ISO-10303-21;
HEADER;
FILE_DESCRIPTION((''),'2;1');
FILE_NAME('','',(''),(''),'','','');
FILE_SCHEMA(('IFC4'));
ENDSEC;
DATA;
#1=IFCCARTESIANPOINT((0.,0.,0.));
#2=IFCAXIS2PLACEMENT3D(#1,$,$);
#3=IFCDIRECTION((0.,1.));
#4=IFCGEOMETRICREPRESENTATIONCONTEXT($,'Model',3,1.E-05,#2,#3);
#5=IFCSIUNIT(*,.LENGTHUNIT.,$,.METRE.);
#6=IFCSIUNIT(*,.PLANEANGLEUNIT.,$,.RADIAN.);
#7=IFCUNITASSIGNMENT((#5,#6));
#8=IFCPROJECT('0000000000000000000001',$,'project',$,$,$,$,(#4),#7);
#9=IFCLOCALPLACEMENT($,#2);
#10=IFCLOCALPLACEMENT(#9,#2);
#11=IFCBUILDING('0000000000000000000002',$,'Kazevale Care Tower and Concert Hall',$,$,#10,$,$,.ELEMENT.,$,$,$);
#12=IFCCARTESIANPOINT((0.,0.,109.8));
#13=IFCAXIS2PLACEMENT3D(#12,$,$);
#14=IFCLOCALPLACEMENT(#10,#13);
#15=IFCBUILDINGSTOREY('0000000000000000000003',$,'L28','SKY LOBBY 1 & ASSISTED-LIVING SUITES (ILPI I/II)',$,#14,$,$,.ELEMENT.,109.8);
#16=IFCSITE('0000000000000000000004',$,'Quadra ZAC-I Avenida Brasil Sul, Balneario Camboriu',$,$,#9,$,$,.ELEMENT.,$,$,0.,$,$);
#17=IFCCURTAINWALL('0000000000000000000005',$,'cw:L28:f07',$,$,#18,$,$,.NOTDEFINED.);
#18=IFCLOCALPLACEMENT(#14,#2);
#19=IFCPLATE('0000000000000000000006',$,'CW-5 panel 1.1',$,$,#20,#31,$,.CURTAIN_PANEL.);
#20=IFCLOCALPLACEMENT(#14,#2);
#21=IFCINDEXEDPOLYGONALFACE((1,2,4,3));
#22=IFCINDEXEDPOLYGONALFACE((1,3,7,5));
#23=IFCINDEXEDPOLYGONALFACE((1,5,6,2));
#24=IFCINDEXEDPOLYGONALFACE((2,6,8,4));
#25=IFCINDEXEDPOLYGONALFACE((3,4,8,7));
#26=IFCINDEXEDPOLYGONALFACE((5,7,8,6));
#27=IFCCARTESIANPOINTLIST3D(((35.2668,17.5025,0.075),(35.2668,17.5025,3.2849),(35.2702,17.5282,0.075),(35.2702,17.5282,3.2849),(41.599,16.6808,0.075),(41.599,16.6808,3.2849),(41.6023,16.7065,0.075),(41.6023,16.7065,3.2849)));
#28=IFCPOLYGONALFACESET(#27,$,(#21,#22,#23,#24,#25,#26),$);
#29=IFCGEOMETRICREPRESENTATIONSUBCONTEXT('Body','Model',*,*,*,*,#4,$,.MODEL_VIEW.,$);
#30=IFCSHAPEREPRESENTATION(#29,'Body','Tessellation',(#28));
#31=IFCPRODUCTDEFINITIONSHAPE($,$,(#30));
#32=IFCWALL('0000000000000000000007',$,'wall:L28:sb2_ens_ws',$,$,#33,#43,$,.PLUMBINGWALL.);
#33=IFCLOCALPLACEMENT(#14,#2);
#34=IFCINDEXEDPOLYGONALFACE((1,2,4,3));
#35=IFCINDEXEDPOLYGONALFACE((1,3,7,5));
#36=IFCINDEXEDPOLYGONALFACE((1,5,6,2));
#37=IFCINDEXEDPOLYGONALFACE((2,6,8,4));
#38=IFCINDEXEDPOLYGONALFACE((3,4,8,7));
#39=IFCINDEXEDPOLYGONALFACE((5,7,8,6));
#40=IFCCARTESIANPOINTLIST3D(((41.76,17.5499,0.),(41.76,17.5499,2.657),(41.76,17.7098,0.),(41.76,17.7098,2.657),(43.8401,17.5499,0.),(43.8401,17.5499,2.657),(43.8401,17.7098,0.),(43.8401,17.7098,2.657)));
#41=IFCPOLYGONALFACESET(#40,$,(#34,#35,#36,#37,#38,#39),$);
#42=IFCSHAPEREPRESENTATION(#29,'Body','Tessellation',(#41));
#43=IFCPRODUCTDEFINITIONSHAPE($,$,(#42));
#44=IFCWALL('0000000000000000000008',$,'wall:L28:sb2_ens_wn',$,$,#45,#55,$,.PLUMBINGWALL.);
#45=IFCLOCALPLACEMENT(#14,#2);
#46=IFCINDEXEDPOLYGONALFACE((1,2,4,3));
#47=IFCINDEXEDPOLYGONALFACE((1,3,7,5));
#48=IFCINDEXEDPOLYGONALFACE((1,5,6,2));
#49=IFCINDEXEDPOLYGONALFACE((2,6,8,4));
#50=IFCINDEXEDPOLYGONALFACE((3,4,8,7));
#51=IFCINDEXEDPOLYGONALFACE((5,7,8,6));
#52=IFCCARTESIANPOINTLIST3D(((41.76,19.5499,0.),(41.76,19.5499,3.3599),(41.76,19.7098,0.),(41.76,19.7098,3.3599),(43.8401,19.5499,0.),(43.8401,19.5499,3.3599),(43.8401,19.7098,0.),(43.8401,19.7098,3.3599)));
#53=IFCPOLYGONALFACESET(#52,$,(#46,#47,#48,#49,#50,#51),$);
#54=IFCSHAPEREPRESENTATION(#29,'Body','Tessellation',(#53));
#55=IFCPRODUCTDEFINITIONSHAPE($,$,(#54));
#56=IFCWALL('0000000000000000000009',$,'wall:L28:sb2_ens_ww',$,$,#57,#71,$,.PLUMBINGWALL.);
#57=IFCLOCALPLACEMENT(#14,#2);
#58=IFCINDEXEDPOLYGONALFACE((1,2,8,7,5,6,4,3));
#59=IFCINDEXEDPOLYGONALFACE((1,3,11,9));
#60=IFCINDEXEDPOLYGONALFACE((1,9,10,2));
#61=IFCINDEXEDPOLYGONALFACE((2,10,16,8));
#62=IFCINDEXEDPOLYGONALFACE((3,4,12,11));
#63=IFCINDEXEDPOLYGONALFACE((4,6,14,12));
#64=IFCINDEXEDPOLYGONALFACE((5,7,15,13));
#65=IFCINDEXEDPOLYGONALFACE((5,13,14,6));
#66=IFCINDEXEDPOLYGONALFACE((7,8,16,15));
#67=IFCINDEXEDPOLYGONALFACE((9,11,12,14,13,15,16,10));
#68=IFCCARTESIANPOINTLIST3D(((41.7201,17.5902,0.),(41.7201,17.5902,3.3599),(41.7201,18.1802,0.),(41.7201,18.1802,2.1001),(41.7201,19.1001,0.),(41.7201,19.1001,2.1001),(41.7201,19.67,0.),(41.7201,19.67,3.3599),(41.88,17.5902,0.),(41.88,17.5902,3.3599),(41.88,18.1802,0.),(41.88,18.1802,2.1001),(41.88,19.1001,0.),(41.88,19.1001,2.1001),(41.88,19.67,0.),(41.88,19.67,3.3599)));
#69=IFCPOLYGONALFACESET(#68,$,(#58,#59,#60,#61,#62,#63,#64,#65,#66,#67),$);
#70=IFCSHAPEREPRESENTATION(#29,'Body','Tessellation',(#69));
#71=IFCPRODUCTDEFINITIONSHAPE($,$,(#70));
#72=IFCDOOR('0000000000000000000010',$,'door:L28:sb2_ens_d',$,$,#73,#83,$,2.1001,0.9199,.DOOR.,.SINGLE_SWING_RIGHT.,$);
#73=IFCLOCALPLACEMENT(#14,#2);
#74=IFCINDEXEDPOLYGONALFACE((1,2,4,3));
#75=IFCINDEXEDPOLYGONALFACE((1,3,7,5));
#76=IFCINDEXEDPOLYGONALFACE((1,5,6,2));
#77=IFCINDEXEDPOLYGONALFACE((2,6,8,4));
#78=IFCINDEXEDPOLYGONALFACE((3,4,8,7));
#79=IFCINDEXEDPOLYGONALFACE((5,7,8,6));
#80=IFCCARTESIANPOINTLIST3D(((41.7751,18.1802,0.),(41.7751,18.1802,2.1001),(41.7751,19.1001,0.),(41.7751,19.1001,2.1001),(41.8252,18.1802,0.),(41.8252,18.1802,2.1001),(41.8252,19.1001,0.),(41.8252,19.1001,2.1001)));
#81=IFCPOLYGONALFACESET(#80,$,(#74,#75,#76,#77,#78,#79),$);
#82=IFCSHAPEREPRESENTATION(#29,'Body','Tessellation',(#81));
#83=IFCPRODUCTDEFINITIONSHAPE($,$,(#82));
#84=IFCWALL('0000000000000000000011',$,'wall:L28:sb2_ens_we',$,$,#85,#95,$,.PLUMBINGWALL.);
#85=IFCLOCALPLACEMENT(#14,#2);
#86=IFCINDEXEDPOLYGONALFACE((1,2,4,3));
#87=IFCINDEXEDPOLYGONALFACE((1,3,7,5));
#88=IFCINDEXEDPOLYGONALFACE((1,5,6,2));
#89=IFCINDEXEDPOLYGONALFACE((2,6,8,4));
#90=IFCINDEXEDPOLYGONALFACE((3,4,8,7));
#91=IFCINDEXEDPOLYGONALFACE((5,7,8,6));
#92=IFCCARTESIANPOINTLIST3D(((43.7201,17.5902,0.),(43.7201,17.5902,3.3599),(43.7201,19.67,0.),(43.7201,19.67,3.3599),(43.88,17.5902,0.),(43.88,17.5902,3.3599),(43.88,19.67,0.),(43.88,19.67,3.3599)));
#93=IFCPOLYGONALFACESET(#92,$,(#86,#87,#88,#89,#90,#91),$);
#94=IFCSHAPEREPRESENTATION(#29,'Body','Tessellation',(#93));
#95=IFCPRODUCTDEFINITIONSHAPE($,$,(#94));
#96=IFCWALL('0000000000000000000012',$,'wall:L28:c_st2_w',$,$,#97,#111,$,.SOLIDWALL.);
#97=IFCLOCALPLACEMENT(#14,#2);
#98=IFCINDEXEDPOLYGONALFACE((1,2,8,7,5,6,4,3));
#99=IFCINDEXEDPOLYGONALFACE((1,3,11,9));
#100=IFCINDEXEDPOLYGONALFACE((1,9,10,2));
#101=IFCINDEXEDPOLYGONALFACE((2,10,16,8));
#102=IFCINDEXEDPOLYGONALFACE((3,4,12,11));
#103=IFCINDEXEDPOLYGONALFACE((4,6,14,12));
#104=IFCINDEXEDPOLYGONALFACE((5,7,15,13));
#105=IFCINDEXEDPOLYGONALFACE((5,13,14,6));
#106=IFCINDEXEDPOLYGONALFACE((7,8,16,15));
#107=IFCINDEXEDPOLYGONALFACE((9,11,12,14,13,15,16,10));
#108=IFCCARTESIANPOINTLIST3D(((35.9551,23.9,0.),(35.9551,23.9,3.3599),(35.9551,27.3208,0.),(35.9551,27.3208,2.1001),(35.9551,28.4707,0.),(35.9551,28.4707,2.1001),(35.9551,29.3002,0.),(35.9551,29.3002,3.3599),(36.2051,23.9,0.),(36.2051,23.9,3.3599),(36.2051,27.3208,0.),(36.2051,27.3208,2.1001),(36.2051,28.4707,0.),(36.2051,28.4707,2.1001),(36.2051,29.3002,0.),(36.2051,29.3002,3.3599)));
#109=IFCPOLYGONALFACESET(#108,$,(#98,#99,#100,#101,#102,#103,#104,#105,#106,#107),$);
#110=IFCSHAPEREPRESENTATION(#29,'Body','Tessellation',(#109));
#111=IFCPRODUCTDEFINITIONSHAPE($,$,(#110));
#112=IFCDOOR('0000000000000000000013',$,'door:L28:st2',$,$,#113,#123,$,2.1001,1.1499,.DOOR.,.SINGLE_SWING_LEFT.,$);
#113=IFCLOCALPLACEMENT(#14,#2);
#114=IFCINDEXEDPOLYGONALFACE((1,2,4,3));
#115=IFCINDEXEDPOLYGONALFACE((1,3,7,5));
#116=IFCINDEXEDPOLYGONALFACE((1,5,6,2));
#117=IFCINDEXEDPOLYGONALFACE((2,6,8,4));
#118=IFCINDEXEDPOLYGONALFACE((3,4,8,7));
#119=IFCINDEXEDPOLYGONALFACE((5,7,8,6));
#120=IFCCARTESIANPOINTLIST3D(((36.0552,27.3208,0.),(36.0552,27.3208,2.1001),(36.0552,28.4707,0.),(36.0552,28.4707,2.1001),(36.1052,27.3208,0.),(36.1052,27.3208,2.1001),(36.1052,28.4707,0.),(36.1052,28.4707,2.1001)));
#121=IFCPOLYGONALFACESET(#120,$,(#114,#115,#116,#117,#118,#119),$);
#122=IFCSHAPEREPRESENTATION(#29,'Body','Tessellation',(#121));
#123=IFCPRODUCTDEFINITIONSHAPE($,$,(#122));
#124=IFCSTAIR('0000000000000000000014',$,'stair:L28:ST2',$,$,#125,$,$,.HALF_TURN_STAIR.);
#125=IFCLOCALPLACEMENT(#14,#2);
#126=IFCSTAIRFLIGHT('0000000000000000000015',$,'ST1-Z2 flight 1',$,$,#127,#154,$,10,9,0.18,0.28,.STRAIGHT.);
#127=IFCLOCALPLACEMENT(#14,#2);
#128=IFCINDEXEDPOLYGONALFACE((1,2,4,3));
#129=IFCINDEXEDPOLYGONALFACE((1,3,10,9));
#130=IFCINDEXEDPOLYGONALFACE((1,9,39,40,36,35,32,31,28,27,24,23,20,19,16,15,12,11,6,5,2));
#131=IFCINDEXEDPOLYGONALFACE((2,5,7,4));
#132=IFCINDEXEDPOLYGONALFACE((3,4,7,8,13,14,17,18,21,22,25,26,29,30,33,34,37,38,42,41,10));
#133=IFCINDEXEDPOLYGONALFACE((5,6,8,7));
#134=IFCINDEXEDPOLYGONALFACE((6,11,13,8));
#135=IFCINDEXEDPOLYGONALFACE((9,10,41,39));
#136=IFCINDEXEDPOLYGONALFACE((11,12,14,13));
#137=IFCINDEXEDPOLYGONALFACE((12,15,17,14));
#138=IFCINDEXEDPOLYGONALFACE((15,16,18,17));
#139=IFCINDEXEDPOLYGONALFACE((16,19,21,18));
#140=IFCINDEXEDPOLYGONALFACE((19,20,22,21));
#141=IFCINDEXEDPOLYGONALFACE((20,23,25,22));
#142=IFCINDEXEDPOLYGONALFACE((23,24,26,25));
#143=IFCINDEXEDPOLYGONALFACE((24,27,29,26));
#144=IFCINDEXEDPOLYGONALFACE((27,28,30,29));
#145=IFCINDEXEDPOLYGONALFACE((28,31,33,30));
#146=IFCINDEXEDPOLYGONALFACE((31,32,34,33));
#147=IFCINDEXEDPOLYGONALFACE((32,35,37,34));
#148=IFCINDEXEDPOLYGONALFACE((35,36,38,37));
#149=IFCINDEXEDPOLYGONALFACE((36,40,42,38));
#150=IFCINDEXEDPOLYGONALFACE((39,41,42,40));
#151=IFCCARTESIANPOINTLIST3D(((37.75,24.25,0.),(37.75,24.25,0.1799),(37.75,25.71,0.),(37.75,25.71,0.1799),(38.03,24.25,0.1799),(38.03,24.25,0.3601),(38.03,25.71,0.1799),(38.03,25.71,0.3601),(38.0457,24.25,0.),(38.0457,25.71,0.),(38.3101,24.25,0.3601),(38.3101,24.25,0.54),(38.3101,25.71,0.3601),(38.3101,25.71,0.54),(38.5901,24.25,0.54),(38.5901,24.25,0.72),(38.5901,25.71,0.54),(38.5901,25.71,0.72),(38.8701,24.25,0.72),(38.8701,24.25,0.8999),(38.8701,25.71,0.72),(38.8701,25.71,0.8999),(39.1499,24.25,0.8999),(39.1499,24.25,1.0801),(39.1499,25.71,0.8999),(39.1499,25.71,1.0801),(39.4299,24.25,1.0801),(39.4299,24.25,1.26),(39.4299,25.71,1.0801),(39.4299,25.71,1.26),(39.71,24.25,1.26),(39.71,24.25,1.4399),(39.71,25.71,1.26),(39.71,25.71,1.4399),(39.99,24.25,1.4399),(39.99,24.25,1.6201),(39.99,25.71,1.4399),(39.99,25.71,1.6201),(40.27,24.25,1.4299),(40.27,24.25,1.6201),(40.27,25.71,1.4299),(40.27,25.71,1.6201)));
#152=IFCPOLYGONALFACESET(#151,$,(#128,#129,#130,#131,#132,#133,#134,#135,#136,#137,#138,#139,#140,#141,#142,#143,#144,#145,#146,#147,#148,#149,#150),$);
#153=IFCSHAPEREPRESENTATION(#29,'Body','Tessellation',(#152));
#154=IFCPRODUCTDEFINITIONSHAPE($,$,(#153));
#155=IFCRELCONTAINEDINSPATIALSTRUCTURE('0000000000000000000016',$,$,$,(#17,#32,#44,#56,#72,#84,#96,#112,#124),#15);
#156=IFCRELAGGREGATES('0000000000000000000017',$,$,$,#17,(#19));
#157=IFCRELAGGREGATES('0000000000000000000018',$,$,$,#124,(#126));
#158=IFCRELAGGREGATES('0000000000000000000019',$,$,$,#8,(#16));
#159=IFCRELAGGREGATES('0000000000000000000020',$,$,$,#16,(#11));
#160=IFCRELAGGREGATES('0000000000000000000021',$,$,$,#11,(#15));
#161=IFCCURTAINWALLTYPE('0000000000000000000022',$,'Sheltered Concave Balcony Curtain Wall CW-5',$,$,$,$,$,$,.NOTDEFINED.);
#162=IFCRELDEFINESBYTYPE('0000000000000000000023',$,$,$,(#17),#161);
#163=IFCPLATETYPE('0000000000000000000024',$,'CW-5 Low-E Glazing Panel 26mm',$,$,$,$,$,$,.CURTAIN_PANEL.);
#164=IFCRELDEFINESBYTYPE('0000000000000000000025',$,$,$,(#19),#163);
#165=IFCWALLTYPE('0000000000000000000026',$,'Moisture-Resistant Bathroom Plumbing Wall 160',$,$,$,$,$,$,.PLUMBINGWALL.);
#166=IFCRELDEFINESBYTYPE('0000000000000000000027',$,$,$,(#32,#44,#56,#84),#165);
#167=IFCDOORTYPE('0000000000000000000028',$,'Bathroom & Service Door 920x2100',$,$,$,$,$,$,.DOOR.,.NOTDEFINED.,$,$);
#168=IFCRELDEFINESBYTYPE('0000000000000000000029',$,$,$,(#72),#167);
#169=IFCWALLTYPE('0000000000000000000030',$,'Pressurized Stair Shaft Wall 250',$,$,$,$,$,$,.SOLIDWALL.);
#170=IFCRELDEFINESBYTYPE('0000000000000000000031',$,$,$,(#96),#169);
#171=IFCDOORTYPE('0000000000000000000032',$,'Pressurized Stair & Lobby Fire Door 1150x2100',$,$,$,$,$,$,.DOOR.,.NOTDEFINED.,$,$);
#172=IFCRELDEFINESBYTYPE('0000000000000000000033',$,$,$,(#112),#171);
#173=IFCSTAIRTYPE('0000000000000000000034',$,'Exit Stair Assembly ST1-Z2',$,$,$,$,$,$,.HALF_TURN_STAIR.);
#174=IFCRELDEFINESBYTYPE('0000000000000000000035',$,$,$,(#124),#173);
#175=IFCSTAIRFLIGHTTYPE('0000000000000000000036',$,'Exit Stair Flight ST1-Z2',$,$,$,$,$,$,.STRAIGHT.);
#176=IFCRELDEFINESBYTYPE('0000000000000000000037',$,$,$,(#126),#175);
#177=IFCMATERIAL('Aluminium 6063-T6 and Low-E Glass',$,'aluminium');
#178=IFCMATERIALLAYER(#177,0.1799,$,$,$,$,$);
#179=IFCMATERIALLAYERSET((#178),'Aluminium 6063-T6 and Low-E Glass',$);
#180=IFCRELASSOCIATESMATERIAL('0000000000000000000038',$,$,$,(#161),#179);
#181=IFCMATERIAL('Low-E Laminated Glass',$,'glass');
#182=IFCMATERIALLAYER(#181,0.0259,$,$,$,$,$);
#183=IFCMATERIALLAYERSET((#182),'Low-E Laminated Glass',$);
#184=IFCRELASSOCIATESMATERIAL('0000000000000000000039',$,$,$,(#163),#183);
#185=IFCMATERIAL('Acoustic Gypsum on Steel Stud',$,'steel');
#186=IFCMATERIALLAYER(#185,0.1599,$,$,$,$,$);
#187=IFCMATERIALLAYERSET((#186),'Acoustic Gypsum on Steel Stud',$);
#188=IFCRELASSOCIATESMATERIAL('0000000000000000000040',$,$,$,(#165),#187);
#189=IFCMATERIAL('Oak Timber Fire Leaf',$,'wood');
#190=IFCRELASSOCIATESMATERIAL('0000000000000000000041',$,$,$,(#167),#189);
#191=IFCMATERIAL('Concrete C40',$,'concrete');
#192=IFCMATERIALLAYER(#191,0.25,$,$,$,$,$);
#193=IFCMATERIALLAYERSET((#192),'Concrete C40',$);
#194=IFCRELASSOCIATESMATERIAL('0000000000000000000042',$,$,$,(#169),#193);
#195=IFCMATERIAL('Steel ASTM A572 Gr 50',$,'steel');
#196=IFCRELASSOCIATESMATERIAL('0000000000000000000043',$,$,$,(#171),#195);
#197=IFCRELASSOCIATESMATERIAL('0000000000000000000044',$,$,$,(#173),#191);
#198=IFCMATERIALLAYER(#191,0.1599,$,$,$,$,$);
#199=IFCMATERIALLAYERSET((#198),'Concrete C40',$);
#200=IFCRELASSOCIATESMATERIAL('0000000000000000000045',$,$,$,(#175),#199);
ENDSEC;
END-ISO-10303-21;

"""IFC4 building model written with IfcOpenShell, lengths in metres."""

from ifc_helpers import new_model, si_unit, direction, frame, frame_2d, origin, origin_2d, place, context, subcontext, project, spatial, polyline, rectangle, outline, extrude, material, layer, layer_set, type_object, element, fill, aggregate, save


model = new_model("IFC4")

# Units and contexts
model_context = context("Model", 3, precision=1e-05, world=origin(), true_north=direction((0.0, 1.0)))
body_context = subcontext(model_context, "Body", "Model", "MODEL_VIEW")
ifc_project = project(units=[si_unit("LENGTHUNIT", "METRE"), si_unit("PLANEANGLEUNIT", "RADIAN")], contexts=[model_context])

# Site, building, storey
site_placement = place(None, origin())
site = spatial("IfcSite", under=ifc_project, at=site_placement, Name="Quadra ZAC-I Avenida Brasil Sul, Balneario Camboriu", CompositionType="ELEMENT", RefElevation=0.0)
building_placement = place(site_placement, origin())
building = spatial("IfcBuilding", under=site, at=building_placement, Name="Kazevale Care Tower and Concert Hall", CompositionType="ELEMENT")
storey_placement = place(building_placement, frame((0.0, 0.0, 109.8)))
storey = spatial("IfcBuildingStorey", under=building, at=storey_placement, Name="L28", Description="SKY LOBBY 1 & ASSISTED-LIVING SUITES (ILPI I/II)", CompositionType="ELEMENT", Elevation=109.8)

# Shared definitions
ifc_material_1 = material(Name="Aluminium 6063-T6 and Low-E Glass", Category="aluminium")
ifc_layer_1 = layer(ifc_material_1, 0.1799)
ifc_layer_set_1 = layer_set([ifc_layer_1], Name="Aluminium 6063-T6 and Low-E Glass")
curtain_wall_type = type_object("IfcCurtainWallType", Name="Sheltered Concave Balcony Curtain Wall CW-5", PredefinedType="NOTDEFINED", material=ifc_layer_set_1)

# Curtain wall
curtain_wall_1_placement = place(storey_placement, origin())
curtain_wall_1 = element("IfcCurtainWall", 1, at=curtain_wall_1_placement, inside=storey, type_object=curtain_wall_type, Name="cw:L28:f07", PredefinedType="NOTDEFINED")

# Shared definitions
ifc_material_2 = material(Name="Steel ASTM A572 Gr 50", Category="steel")

# Plate
ifc_material_3 = material(Name="Low-E Laminated Glass", Category="glass")
ifc_layer_2 = layer(ifc_material_3, 0.0259)
ifc_layer_set_2 = layer_set([ifc_layer_2], Name="Low-E Laminated Glass")
plate_type = type_object("IfcPlateType", Name="CW-5 Low-E Glazing Panel 26mm", PredefinedType="CURTAIN_PANEL", material=ifc_layer_set_2)
plate_1_placement = place(storey_placement, frame((38.4346, 17.1045, 0.075), z_axis=(0.0, 0.0, 1.0), x_axis=(-0.991686, 0.128685, 0.0)))
plate_1 = element("IfcPlate", 2, at=plate_1_placement, type_object=plate_type, Name="CW-5 panel 1.1", PredefinedType="CURTAIN_PANEL", context=body_context, shape_type="SweptSolid", body=[
    extrude(rectangle(XDim=6.3853, YDim=0.0259, at=origin_2d()), origin(), (0.0, 0.0, 1.0), 3.21),
])
aggregate(curtain_wall_1, [plate_1])

# Shared definitions
ifc_material_4 = material(Name="Oak Timber Fire Leaf", Category="wood")

# Walls
ifc_material_5 = material(Name="Acoustic Gypsum on Steel Stud", Category="steel")
ifc_layer_3 = layer(ifc_material_5, 0.1599)
ifc_layer_set_3 = layer_set([ifc_layer_3], Name="Acoustic Gypsum on Steel Stud")
wall_type_1 = type_object("IfcWallType", Name="Moisture-Resistant Bathroom Plumbing Wall 160", PredefinedType="PLUMBINGWALL", material=ifc_layer_set_3)
wall_1_placement = place(storey_placement, frame((41.76, 17.6299, 0.0), z_axis=(0.0, 0.0, 1.0), x_axis=(1.0, 0.0, 0.0)))
element("IfcWall", 3, at=wall_1_placement, inside=storey, type_object=wall_type_1, Name="wall:L28:sb2_ens_ws", PredefinedType="PLUMBINGWALL", context=body_context, shape_type="SweptSolid", body=[
    extrude(rectangle(XDim=2.0801, YDim=0.1599, at=frame_2d((1.04, 0.0))), origin(), (0.0, 0.0, 1.0), 2.657),
])
wall_2_placement = place(storey_placement, frame((41.76, 19.6299, 0.0), z_axis=(0.0, 0.0, 1.0), x_axis=(1.0, 0.0, 0.0)))
element("IfcWall", 4, at=wall_2_placement, inside=storey, type_object=wall_type_1, Name="wall:L28:sb2_ens_wn", PredefinedType="PLUMBINGWALL", context=body_context, shape_type="SweptSolid", body=[
    extrude(rectangle(XDim=2.0801, YDim=0.1599, at=frame_2d((1.04, 0.0))), origin(), (0.0, 0.0, 1.0), 3.3599),
])

# Wall, opening, door
wall_3_placement = place(storey_placement, frame((41.8, 17.5901, 0.0), z_axis=(0.0, 0.0, 1.0), x_axis=(0.0, 1.0, 0.0)))
wall_3 = element("IfcWall", 5, at=wall_3_placement, inside=storey, type_object=wall_type_1, Name="wall:L28:sb2_ens_ww", PredefinedType="PLUMBINGWALL", context=body_context, shape_type="SweptSolid", body=[
    extrude(rectangle(XDim=2.0798, YDim=0.1599, at=frame_2d((1.04, 0.0))), origin(), (0.0, 0.0, 1.0), 3.3599),
])
opening_1_placement = place(wall_3_placement, frame((0.5901, 0.0, 0.0)))
opening_1 = element("IfcOpeningElement", 6, at=opening_1_placement, cuts=wall_3, PredefinedType="OPENING", context=body_context, shape_type="SweptSolid", body=[
    extrude(rectangle(XDim=0.9199, YDim=2.1001, at=frame_2d((0.46, 1.05))), frame((0.0, 0.0898, 0.0), z_axis=(0.0, -1.0, 0.0), x_axis=(1.0, 0.0, 0.0)), (0.0, 0.0, 1.0), 0.1799),
])
door_type_1 = type_object("IfcDoorType", Name="Bathroom & Service Door 920x2100", OperationType="NOTDEFINED", PredefinedType="DOOR", material=ifc_material_4)
door_1_placement = place(opening_1_placement, origin())
door_1 = element("IfcDoor", 7, at=door_1_placement, inside=storey, type_object=door_type_1, Name="door:L28:sb2_ens_d", OperationType="SINGLE_SWING_RIGHT", OverallHeight=2.1001, OverallWidth=0.9199, PredefinedType="DOOR", context=body_context, shape_type="SweptSolid", body=[
    extrude(rectangle(XDim=0.9199, YDim=2.1001, at=frame_2d((0.46, 1.05))), frame((0.0, 0.0249, 0.0), z_axis=(0.0, -1.0, 0.0), x_axis=(1.0, 0.0, 0.0)), (0.0, 0.0, 1.0), 0.05),
])
fill(opening_1, door_1)

# Wall
wall_4_placement = place(storey_placement, frame((43.8, 17.5901, 0.0), z_axis=(0.0, 0.0, 1.0), x_axis=(0.0, 1.0, 0.0)))
element("IfcWall", 8, at=wall_4_placement, inside=storey, type_object=wall_type_1, Name="wall:L28:sb2_ens_we", PredefinedType="PLUMBINGWALL", context=body_context, shape_type="SweptSolid", body=[
    extrude(rectangle(XDim=2.0798, YDim=0.1599, at=frame_2d((1.04, 0.0))), origin(), (0.0, 0.0, 1.0), 3.3599),
])

# Wall, opening, door
ifc_material_6 = material(Name="Concrete C40", Category="concrete")
ifc_layer_4 = layer(ifc_material_6, 0.25)
ifc_layer_set_4 = layer_set([ifc_layer_4], Name="Concrete C40")
wall_type_2 = type_object("IfcWallType", Name="Pressurized Stair Shaft Wall 250", PredefinedType="SOLIDWALL", material=ifc_layer_set_4)
wall_5_placement = place(storey_placement, frame((36.0801, 23.8999, 0.0), z_axis=(0.0, 0.0, 1.0), x_axis=(0.0, 1.0, 0.0)))
wall_5 = element("IfcWall", 9, at=wall_5_placement, inside=storey, type_object=wall_type_2, Name="wall:L28:c_st2_w", PredefinedType="SOLIDWALL", context=body_context, shape_type="SweptSolid", body=[
    extrude(rectangle(XDim=5.4001, YDim=0.25, at=frame_2d((2.7002, 0.0))), origin(), (0.0, 0.0, 1.0), 3.3599),
])
opening_2_placement = place(wall_5_placement, frame((3.4209, 0.0, 0.0)))
opening_2 = element("IfcOpeningElement", 10, at=opening_2_placement, cuts=wall_5, PredefinedType="OPENING", context=body_context, shape_type="SweptSolid", body=[
    extrude(rectangle(XDim=1.1499, YDim=2.1001, at=frame_2d((0.575, 1.05))), frame((0.0, 0.135, 0.0), z_axis=(0.0, -1.0, 0.0), x_axis=(1.0, 0.0, 0.0)), (0.0, 0.0, 1.0), 0.27),
])
door_type_2 = type_object("IfcDoorType", Name="Pressurized Stair & Lobby Fire Door 1150x2100", OperationType="NOTDEFINED", PredefinedType="DOOR", material=ifc_material_2)
door_2_placement = place(opening_2_placement, origin())
door_2 = element("IfcDoor", 11, at=door_2_placement, inside=storey, type_object=door_type_2, Name="door:L28:st2", OperationType="SINGLE_SWING_LEFT", OverallHeight=2.1001, OverallWidth=1.1499, PredefinedType="DOOR", context=body_context, shape_type="SweptSolid", body=[
    extrude(rectangle(XDim=1.1499, YDim=2.1001, at=frame_2d((0.575, 1.05))), frame((0.0, 0.0249, 0.0), z_axis=(0.0, -1.0, 0.0), x_axis=(1.0, 0.0, 0.0)), (0.0, 0.0, 1.0), 0.05),
])
fill(opening_2, door_2)

# Stair, stair flight
stair_type = type_object("IfcStairType", Name="Exit Stair Assembly ST1-Z2", PredefinedType="HALF_TURN_STAIR", material=ifc_material_6)
stair_placement = place(storey_placement, origin())
stair = element("IfcStair", 12, at=stair_placement, inside=storey, type_object=stair_type, Name="stair:L28:ST2", PredefinedType="HALF_TURN_STAIR")
ifc_layer_5 = layer(ifc_material_6, 0.1599)
ifc_layer_set_5 = layer_set([ifc_layer_5], Name="Concrete C40")
stair_flight_type = type_object("IfcStairFlightType", Name="Exit Stair Flight ST1-Z2", PredefinedType="STRAIGHT", material=ifc_layer_set_5)
stair_flight_1_placement = place(storey_placement, frame((37.75, 24.98, 0.0), z_axis=(0.0, 0.0, 1.0), x_axis=(1.0, 0.0, 0.0)))
stair_flight_1 = element("IfcStairFlight", 13, at=stair_flight_1_placement, type_object=stair_flight_type, Name="ST1-Z2 flight 1", NumberOfRisers=10, NumberOfTreads=9, PredefinedType="STRAIGHT", RiserHeight=0.18, TreadLength=0.28, context=body_context, shape_type="SweptSolid", body=[
    extrude(outline(polyline([(0.0, 0.0), (0.0, 0.1799), (0.28, 0.1799), (0.28, 0.3601), (0.5601, 0.3601), (0.5601, 0.54), (0.8401, 0.54), (0.8401, 0.72), (1.1201, 0.72), (1.1201, 0.8999), (1.3999, 0.8999), (1.3999, 1.0801), (1.6799, 1.0801), (1.6799, 1.26), (1.96, 1.26), (1.96, 1.4399), (2.24, 1.4399), (2.24, 1.6201), (2.52, 1.6201), (2.52, 1.8), (2.52, 1.4299), (0.2957, 0.0), (0.0, 0.0)])), frame((0.0, 0.73, 0.0), z_axis=(0.0, -1.0, 0.0), x_axis=(1.0, 0.0, 0.0)), (0.0, 0.0, 1.0), 1.46),
])
aggregate(stair, [stair_flight_1])

save(model, "model.ifc")
